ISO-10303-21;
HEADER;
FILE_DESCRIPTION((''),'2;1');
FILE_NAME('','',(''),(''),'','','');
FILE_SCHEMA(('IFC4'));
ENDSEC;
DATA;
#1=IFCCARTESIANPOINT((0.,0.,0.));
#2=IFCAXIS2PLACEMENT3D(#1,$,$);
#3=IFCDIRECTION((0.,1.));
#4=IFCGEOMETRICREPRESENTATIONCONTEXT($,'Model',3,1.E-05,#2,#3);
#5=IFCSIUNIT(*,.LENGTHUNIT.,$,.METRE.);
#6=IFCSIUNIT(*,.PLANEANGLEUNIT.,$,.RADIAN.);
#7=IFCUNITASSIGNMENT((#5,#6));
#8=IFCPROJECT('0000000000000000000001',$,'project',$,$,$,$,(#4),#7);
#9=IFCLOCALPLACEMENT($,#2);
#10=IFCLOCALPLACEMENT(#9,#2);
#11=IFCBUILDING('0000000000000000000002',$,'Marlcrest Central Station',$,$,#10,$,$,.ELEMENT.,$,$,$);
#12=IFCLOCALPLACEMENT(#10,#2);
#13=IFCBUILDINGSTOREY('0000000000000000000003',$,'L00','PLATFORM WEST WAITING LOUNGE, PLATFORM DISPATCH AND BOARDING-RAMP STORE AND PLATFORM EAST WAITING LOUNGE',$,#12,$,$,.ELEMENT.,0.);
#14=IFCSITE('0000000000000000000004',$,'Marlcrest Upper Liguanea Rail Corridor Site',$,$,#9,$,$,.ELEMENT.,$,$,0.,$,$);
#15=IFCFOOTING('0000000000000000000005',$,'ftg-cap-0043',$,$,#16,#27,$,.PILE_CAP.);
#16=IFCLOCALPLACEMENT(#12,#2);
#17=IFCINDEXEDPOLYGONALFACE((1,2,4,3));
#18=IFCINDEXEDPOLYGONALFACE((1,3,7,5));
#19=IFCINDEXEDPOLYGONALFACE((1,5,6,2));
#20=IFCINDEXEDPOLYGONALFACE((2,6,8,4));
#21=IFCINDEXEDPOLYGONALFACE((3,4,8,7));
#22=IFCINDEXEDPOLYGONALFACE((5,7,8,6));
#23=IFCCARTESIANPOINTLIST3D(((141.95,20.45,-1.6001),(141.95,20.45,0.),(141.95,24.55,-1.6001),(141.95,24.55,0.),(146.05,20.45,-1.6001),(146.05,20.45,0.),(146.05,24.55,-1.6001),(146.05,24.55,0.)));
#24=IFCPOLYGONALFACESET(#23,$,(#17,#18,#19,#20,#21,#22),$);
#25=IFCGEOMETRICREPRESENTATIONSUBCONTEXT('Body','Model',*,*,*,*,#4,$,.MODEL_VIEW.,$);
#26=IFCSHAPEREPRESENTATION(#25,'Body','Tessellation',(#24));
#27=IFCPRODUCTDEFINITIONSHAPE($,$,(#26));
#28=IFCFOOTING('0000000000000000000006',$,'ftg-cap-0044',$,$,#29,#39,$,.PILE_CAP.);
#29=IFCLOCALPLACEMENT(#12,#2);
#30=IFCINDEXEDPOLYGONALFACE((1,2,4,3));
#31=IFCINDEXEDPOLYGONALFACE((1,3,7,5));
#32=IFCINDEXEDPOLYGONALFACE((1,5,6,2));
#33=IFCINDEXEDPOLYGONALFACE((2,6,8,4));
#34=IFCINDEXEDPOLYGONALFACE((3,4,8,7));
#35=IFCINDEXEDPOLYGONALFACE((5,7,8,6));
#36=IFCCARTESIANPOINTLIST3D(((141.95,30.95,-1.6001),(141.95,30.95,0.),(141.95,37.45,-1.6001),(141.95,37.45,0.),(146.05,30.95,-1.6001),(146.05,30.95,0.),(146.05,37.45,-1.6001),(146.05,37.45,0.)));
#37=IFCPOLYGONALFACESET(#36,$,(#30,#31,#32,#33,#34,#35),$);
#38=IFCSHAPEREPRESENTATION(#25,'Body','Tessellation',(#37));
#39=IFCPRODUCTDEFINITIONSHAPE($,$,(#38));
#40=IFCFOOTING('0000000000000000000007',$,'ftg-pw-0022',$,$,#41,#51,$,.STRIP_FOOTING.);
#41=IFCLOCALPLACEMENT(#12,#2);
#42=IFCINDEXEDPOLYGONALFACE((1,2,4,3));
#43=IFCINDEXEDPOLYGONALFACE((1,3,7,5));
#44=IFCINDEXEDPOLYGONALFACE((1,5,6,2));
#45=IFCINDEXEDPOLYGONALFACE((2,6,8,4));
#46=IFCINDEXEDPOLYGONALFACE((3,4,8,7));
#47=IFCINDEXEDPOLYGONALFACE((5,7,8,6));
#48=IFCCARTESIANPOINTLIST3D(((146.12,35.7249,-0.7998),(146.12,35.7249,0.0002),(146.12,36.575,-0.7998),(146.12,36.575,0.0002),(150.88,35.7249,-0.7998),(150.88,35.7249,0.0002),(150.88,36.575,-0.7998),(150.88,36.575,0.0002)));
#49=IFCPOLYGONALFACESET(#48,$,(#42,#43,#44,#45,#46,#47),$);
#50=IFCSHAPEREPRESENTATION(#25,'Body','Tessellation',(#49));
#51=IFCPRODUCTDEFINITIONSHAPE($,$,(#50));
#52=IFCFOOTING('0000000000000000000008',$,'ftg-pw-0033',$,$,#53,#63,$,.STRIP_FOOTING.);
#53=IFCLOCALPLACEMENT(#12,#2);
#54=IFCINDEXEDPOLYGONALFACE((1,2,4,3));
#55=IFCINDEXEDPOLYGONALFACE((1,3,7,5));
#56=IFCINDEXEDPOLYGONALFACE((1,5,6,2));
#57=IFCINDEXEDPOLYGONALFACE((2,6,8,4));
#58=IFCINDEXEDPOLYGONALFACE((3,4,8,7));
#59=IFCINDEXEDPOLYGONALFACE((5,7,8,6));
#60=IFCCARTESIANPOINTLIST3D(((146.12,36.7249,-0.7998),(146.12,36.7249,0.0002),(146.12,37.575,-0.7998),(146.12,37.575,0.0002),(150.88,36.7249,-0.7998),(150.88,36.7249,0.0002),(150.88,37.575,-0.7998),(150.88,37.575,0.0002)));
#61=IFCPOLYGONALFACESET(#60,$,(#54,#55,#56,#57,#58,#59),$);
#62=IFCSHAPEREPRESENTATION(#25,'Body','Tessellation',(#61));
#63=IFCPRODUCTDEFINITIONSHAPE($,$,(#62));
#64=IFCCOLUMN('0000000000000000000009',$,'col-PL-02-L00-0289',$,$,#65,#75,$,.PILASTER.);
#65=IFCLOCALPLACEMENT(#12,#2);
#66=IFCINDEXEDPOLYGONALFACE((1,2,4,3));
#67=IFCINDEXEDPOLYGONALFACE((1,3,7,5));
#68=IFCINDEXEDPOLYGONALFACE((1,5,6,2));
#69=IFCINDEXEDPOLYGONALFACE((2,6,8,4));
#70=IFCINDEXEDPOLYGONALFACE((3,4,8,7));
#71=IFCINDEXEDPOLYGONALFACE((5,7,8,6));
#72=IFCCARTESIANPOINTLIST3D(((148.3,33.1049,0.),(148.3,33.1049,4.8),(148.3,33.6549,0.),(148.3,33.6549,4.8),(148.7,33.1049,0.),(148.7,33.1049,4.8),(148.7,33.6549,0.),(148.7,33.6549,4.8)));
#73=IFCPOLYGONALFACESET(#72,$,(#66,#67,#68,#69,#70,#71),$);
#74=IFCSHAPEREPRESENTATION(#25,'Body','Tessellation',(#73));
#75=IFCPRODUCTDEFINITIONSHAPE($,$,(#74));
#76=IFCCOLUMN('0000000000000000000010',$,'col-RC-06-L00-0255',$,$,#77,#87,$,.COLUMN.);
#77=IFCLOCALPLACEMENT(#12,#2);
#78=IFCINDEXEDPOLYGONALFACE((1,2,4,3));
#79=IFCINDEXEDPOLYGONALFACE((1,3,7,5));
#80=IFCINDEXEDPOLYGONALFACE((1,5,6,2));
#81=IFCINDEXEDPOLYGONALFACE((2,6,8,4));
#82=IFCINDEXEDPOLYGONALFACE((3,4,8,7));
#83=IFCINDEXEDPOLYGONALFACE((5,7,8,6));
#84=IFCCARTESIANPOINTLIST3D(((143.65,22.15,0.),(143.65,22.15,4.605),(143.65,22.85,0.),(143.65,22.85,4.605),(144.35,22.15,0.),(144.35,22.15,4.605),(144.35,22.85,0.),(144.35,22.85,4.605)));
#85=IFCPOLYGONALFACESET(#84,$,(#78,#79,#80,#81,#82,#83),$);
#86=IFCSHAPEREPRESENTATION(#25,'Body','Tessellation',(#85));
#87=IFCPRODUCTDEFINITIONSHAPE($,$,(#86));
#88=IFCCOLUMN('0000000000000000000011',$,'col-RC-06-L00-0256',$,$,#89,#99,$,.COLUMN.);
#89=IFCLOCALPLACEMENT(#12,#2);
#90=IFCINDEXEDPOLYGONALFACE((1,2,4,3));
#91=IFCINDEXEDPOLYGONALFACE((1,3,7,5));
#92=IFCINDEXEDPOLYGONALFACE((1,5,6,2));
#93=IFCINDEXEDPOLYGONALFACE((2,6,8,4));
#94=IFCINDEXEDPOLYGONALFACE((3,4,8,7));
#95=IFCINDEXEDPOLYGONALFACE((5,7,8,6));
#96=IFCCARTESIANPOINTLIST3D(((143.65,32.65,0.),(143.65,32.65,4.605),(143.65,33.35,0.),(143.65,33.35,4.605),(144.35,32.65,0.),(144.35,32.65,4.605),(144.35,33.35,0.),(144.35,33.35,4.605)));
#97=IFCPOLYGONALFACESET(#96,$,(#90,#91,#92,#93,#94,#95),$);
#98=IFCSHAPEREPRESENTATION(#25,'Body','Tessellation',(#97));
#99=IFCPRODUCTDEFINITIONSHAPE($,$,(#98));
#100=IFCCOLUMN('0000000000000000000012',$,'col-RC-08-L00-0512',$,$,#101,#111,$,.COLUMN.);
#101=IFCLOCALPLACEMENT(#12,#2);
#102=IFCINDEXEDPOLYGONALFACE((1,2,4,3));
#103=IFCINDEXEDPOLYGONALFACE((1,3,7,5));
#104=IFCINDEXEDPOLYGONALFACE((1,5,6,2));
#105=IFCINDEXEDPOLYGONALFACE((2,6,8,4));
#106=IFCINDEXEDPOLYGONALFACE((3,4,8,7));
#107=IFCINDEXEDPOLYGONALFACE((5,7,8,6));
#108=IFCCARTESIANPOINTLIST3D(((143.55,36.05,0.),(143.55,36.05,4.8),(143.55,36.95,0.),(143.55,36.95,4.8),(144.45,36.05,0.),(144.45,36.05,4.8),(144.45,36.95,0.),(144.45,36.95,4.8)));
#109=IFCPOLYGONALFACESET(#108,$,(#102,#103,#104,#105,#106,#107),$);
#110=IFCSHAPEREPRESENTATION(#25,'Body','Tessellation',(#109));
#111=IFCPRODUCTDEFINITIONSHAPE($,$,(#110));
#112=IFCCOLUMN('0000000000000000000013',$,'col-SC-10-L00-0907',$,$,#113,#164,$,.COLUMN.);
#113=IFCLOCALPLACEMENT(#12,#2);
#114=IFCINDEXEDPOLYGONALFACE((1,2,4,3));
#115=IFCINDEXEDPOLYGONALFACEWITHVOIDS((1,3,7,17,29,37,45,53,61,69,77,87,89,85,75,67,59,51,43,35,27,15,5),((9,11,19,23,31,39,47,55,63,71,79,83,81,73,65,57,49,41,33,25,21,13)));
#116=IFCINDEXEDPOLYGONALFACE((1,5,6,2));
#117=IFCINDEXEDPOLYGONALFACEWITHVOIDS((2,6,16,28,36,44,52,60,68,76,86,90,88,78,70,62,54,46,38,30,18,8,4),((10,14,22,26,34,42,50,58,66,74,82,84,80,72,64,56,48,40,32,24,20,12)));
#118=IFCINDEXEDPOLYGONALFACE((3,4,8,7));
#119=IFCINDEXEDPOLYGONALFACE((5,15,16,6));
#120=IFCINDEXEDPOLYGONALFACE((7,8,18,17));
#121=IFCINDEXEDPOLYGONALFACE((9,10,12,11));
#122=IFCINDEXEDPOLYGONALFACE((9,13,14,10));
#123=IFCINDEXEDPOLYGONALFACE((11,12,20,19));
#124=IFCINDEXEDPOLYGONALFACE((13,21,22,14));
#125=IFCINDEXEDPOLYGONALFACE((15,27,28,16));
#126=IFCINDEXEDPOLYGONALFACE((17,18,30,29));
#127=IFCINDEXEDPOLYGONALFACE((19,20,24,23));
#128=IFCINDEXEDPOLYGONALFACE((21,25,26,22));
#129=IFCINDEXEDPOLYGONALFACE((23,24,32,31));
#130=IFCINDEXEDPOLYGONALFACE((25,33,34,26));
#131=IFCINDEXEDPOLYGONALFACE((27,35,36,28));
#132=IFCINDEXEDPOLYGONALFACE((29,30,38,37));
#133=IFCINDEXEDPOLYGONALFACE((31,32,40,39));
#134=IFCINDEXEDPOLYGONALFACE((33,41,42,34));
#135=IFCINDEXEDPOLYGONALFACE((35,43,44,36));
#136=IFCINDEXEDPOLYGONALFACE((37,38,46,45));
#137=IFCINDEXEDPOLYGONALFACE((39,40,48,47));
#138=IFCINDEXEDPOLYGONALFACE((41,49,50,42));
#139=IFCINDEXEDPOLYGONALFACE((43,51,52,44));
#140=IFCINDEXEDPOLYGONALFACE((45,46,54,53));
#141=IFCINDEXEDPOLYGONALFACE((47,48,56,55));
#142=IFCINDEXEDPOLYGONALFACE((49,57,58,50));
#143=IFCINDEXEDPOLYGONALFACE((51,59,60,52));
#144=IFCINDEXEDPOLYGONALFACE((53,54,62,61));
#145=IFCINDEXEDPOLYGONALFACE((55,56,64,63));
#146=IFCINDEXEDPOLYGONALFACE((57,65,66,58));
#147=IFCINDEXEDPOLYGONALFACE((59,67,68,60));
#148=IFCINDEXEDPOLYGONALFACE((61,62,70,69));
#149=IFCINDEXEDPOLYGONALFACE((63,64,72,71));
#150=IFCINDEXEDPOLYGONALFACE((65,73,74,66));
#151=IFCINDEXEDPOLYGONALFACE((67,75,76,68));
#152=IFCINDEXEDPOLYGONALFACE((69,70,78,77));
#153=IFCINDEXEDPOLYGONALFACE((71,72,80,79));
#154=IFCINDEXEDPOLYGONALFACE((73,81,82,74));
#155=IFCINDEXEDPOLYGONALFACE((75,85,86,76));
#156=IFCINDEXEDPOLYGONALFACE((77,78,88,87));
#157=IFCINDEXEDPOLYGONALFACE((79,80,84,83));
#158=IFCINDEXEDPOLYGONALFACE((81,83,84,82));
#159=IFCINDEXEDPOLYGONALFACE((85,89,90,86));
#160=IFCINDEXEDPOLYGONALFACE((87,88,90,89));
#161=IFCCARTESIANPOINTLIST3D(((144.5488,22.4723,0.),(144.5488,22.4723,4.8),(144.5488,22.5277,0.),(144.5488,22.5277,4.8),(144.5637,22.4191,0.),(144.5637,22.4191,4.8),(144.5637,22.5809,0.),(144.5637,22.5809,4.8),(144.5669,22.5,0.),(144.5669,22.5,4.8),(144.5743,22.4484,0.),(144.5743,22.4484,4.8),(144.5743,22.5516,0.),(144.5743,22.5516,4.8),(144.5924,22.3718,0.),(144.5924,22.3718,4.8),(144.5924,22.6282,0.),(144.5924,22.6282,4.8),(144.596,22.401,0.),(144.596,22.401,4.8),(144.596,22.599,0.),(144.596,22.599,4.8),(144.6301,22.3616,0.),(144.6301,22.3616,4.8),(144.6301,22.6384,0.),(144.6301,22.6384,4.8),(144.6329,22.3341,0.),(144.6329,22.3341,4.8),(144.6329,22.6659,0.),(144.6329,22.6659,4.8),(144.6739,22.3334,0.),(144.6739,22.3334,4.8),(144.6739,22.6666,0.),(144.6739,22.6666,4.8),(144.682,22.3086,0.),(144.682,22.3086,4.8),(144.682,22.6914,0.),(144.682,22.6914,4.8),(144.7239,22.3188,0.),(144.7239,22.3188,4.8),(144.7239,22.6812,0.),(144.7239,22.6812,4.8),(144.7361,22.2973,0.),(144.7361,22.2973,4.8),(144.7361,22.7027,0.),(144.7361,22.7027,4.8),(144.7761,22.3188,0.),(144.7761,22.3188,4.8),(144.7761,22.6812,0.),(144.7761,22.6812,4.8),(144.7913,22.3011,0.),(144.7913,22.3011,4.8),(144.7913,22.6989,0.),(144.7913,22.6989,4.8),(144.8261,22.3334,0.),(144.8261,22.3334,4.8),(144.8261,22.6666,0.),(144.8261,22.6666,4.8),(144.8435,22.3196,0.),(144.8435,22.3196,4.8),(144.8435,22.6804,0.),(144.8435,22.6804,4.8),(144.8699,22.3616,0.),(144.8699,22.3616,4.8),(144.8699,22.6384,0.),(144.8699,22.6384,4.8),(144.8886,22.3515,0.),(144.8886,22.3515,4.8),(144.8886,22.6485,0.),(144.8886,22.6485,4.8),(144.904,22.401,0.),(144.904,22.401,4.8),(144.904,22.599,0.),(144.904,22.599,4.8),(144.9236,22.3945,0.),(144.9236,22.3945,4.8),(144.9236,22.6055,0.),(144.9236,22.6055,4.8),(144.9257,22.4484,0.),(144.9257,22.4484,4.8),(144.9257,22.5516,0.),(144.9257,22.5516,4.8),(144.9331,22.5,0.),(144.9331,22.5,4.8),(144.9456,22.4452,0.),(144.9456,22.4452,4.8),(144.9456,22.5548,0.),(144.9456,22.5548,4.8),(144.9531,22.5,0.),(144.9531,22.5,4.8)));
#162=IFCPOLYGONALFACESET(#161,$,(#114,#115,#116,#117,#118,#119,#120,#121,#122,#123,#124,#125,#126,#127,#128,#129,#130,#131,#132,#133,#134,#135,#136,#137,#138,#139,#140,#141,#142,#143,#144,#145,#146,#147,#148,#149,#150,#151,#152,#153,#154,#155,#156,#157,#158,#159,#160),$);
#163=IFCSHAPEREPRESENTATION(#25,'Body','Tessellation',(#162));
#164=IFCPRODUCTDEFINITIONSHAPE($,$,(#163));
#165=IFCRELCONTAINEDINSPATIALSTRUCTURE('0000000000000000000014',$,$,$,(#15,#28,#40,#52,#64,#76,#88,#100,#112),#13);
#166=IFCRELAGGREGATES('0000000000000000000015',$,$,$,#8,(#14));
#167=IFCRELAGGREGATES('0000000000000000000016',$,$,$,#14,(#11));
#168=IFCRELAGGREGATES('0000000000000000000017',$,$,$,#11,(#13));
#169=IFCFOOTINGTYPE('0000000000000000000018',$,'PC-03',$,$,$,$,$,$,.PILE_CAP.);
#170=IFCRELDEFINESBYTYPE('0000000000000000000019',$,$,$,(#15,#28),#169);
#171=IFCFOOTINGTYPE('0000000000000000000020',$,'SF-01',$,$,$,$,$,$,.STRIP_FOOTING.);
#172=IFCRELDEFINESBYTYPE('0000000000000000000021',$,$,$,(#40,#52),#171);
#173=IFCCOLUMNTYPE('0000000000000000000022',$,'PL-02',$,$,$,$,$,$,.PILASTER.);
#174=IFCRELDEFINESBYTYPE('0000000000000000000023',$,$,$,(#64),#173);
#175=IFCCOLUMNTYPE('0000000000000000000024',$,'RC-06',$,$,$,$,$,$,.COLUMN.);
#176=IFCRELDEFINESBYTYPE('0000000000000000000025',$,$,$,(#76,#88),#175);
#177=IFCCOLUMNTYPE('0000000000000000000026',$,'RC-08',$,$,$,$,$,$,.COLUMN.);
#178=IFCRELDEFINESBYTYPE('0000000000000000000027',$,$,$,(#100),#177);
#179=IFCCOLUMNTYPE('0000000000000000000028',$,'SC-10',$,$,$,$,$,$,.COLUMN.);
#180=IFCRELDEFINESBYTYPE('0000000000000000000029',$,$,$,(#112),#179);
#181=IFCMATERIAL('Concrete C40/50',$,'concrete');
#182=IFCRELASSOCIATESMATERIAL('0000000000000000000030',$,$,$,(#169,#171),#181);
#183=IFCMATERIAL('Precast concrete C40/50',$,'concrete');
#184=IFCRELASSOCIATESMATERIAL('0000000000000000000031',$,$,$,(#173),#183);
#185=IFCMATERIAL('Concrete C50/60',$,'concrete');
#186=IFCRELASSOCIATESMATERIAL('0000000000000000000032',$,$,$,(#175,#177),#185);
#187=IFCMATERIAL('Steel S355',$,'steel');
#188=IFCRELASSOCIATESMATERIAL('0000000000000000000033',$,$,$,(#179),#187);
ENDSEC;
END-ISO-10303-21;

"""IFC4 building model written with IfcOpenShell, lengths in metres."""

from ifc_helpers import new_model, si_unit, direction, frame, origin, origin_2d, place, context, subcontext, project, spatial, rectangle, hollow_circle, extrude, material, material_profile, profile_set, type_object, element, save


model = new_model("IFC4")

# Units and contexts
model_context = context("Model", 3, precision=1e-05, world=origin(), true_north=direction((0.0, 1.0)))
body_context = subcontext(model_context, "Body", "Model", "MODEL_VIEW")
ifc_project = project(units=[si_unit("LENGTHUNIT", "METRE"), si_unit("PLANEANGLEUNIT", "RADIAN")], contexts=[model_context])

# Site, building, storey
site_placement = place(None, origin())
site = spatial("IfcSite", under=ifc_project, at=site_placement, Name="Marlcrest Upper Liguanea Rail Corridor Site", CompositionType="ELEMENT", RefElevation=0.0)
building_placement = place(site_placement, origin())
building = spatial("IfcBuilding", under=site, at=building_placement, Name="Marlcrest Central Station", CompositionType="ELEMENT")
storey_placement = place(building_placement, origin())
storey = spatial("IfcBuildingStorey", under=building, at=storey_placement, Name="L00", Description="PLATFORM WEST WAITING LOUNGE, PLATFORM DISPATCH AND BOARDING-RAMP STORE AND PLATFORM EAST WAITING LOUNGE", CompositionType="ELEMENT", Elevation=0.0)

# Footings
ifc_material_1 = material(Name="Concrete C40/50", Category="concrete")
footing_type_1 = type_object("IfcFootingType", Name="PC-03", PredefinedType="PILE_CAP", material=ifc_material_1)
footing_1_placement = place(storey_placement, frame((144.0, 22.5, -1.6001), z_axis=(0.0, 0.0, 1.0), x_axis=(1.0, 0.0, 0.0)))
element("IfcFooting", 1, at=footing_1_placement, inside=storey, type_object=footing_type_1, Name="ftg-cap-0043", PredefinedType="PILE_CAP", context=body_context, shape_type="SweptSolid", body=[
    extrude(rectangle(XDim=4.1001, YDim=4.1001, at=origin_2d()), origin(), (0.0, 0.0, 1.0), 1.6001),
])
footing_2_placement = place(storey_placement, frame((144.0, 34.2, -1.6001), z_axis=(0.0, 0.0, 1.0), x_axis=(1.0, 0.0, 0.0)))
element("IfcFooting", 2, at=footing_2_placement, inside=storey, type_object=footing_type_1, Name="ftg-cap-0044", PredefinedType="PILE_CAP", context=body_context, shape_type="SweptSolid", body=[
    extrude(rectangle(XDim=4.1001, YDim=6.5, at=origin_2d()), origin(), (0.0, 0.0, 1.0), 1.6001),
])
footing_type_2 = type_object("IfcFootingType", Name="SF-01", PredefinedType="STRIP_FOOTING", material=ifc_material_1)
for number, where, z_axis, x_axis, name in (
    (3, (148.5, 36.1499, -0.7998), (0.0, 0.0, 1.0), (1.0, 0.0, 0.0), "ftg-pw-0022"),
    (4, (148.5, 37.1499, -0.7998), (0.0, 0.0, 1.0), (1.0, 0.0, 0.0), "ftg-pw-0033"),
):
    element("IfcFooting", number, at=place(storey_placement, frame(where, z_axis=z_axis, x_axis=x_axis)), inside=storey, type_object=footing_type_2, Name=name, PredefinedType="STRIP_FOOTING", context=body_context, shape_type="SweptSolid", body=[
        extrude(rectangle(XDim=4.76, YDim=0.8501, at=origin_2d()), origin(), (0.0, 0.0, 1.0), 0.8),
    ])

# Columns
ifc_material_2 = material(Name="Precast concrete C40/50", Category="concrete")
ifc_material_profile_1 = material_profile(ifc_material_2, rectangle(XDim=0.3999, YDim=0.55, at=origin_2d()), Name="PIL 400x550")
ifc_profile_set_1 = profile_set([ifc_material_profile_1], Name="Precast concrete C40/50")
column_type_1 = type_object("IfcColumnType", Name="PL-02", PredefinedType="PILASTER", material=ifc_profile_set_1)
column_1_placement = place(storey_placement, frame((148.5, 33.3799, 0.0), z_axis=(0.0, 0.0, 1.0), x_axis=(1.0, 0.0, 0.0)))
element("IfcColumn", 5, at=column_1_placement, inside=storey, type_object=column_type_1, Name="col-PL-02-L00-0289", PredefinedType="PILASTER", context=body_context, shape_type="SweptSolid", body=[
    extrude(rectangle(XDim=0.3999, YDim=0.55, at=origin_2d()), origin(), (0.0, 0.0, 1.0), 4.8),
])
ifc_material_3 = material(Name="Concrete C50/60", Category="concrete")
ifc_material_profile_2 = material_profile(ifc_material_3, rectangle(XDim=0.7, YDim=0.7, at=origin_2d()), Name="RC 700x700")
ifc_profile_set_2 = profile_set([ifc_material_profile_2], Name="Concrete C50/60")
column_type_2 = type_object("IfcColumnType", Name="RC-06", PredefinedType="COLUMN", material=ifc_profile_set_2)
for number, where, z_axis, x_axis, name in (
    (6, (144.0, 22.5, 0.0), (0.0, 0.0, 1.0), (1.0, 0.0, 0.0), "col-RC-06-L00-0255"),
    (7, (144.0, 33.0, 0.0), (0.0, 0.0, 1.0), (1.0, 0.0, 0.0), "col-RC-06-L00-0256"),
):
    element("IfcColumn", number, at=place(storey_placement, frame(where, z_axis=z_axis, x_axis=x_axis)), inside=storey, type_object=column_type_2, Name=name, PredefinedType="COLUMN", context=body_context, shape_type="SweptSolid", body=[
        extrude(rectangle(XDim=0.7, YDim=0.7, at=origin_2d()), origin(), (0.0, 0.0, 1.0), 4.605),
    ])
ifc_material_profile_3 = material_profile(ifc_material_3, rectangle(XDim=0.8999, YDim=0.8999, at=origin_2d()), Name="RC 900x900")
ifc_profile_set_3 = profile_set([ifc_material_profile_3], Name="Concrete C50/60")
column_type_3 = type_object("IfcColumnType", Name="RC-08", PredefinedType="COLUMN", material=ifc_profile_set_3)
column_2_placement = place(storey_placement, frame((144.0, 36.5, 0.0), z_axis=(0.0, 0.0, 1.0), x_axis=(1.0, 0.0, 0.0)))
element("IfcColumn", 8, at=column_2_placement, inside=storey, type_object=column_type_3, Name="col-RC-08-L00-0512", PredefinedType="COLUMN", context=body_context, shape_type="SweptSolid", body=[
    extrude(rectangle(XDim=0.8999, YDim=0.8999, at=origin_2d()), origin(), (0.0, 0.0, 1.0), 4.8),
])
ifc_material_4 = material(Name="Steel S355", Category="steel")
ifc_material_profile_4 = material_profile(ifc_material_4, hollow_circle(Radius=0.2031, WallThickness=0.02, at=origin_2d()), Name="CHS 406.4x20")
ifc_profile_set_4 = profile_set([ifc_material_profile_4], Name="Steel S355")
column_type_4 = type_object("IfcColumnType", Name="SC-10", PredefinedType="COLUMN", material=ifc_profile_set_4)
column_3_placement = place(storey_placement, frame((144.75, 22.5, 0.0), z_axis=(0.0, 0.0, 1.0), x_axis=(1.0, 0.0, 0.0)))
element("IfcColumn", 9, at=column_3_placement, inside=storey, type_object=column_type_4, Name="col-SC-10-L00-0907", PredefinedType="COLUMN", context=body_context, shape_type="SweptSolid", body=[
    extrude(hollow_circle(Radius=0.2031, WallThickness=0.02, at=origin_2d()), origin(), (0.0, 0.0, 1.0), 4.8),
])

save(model, "model.ifc")
